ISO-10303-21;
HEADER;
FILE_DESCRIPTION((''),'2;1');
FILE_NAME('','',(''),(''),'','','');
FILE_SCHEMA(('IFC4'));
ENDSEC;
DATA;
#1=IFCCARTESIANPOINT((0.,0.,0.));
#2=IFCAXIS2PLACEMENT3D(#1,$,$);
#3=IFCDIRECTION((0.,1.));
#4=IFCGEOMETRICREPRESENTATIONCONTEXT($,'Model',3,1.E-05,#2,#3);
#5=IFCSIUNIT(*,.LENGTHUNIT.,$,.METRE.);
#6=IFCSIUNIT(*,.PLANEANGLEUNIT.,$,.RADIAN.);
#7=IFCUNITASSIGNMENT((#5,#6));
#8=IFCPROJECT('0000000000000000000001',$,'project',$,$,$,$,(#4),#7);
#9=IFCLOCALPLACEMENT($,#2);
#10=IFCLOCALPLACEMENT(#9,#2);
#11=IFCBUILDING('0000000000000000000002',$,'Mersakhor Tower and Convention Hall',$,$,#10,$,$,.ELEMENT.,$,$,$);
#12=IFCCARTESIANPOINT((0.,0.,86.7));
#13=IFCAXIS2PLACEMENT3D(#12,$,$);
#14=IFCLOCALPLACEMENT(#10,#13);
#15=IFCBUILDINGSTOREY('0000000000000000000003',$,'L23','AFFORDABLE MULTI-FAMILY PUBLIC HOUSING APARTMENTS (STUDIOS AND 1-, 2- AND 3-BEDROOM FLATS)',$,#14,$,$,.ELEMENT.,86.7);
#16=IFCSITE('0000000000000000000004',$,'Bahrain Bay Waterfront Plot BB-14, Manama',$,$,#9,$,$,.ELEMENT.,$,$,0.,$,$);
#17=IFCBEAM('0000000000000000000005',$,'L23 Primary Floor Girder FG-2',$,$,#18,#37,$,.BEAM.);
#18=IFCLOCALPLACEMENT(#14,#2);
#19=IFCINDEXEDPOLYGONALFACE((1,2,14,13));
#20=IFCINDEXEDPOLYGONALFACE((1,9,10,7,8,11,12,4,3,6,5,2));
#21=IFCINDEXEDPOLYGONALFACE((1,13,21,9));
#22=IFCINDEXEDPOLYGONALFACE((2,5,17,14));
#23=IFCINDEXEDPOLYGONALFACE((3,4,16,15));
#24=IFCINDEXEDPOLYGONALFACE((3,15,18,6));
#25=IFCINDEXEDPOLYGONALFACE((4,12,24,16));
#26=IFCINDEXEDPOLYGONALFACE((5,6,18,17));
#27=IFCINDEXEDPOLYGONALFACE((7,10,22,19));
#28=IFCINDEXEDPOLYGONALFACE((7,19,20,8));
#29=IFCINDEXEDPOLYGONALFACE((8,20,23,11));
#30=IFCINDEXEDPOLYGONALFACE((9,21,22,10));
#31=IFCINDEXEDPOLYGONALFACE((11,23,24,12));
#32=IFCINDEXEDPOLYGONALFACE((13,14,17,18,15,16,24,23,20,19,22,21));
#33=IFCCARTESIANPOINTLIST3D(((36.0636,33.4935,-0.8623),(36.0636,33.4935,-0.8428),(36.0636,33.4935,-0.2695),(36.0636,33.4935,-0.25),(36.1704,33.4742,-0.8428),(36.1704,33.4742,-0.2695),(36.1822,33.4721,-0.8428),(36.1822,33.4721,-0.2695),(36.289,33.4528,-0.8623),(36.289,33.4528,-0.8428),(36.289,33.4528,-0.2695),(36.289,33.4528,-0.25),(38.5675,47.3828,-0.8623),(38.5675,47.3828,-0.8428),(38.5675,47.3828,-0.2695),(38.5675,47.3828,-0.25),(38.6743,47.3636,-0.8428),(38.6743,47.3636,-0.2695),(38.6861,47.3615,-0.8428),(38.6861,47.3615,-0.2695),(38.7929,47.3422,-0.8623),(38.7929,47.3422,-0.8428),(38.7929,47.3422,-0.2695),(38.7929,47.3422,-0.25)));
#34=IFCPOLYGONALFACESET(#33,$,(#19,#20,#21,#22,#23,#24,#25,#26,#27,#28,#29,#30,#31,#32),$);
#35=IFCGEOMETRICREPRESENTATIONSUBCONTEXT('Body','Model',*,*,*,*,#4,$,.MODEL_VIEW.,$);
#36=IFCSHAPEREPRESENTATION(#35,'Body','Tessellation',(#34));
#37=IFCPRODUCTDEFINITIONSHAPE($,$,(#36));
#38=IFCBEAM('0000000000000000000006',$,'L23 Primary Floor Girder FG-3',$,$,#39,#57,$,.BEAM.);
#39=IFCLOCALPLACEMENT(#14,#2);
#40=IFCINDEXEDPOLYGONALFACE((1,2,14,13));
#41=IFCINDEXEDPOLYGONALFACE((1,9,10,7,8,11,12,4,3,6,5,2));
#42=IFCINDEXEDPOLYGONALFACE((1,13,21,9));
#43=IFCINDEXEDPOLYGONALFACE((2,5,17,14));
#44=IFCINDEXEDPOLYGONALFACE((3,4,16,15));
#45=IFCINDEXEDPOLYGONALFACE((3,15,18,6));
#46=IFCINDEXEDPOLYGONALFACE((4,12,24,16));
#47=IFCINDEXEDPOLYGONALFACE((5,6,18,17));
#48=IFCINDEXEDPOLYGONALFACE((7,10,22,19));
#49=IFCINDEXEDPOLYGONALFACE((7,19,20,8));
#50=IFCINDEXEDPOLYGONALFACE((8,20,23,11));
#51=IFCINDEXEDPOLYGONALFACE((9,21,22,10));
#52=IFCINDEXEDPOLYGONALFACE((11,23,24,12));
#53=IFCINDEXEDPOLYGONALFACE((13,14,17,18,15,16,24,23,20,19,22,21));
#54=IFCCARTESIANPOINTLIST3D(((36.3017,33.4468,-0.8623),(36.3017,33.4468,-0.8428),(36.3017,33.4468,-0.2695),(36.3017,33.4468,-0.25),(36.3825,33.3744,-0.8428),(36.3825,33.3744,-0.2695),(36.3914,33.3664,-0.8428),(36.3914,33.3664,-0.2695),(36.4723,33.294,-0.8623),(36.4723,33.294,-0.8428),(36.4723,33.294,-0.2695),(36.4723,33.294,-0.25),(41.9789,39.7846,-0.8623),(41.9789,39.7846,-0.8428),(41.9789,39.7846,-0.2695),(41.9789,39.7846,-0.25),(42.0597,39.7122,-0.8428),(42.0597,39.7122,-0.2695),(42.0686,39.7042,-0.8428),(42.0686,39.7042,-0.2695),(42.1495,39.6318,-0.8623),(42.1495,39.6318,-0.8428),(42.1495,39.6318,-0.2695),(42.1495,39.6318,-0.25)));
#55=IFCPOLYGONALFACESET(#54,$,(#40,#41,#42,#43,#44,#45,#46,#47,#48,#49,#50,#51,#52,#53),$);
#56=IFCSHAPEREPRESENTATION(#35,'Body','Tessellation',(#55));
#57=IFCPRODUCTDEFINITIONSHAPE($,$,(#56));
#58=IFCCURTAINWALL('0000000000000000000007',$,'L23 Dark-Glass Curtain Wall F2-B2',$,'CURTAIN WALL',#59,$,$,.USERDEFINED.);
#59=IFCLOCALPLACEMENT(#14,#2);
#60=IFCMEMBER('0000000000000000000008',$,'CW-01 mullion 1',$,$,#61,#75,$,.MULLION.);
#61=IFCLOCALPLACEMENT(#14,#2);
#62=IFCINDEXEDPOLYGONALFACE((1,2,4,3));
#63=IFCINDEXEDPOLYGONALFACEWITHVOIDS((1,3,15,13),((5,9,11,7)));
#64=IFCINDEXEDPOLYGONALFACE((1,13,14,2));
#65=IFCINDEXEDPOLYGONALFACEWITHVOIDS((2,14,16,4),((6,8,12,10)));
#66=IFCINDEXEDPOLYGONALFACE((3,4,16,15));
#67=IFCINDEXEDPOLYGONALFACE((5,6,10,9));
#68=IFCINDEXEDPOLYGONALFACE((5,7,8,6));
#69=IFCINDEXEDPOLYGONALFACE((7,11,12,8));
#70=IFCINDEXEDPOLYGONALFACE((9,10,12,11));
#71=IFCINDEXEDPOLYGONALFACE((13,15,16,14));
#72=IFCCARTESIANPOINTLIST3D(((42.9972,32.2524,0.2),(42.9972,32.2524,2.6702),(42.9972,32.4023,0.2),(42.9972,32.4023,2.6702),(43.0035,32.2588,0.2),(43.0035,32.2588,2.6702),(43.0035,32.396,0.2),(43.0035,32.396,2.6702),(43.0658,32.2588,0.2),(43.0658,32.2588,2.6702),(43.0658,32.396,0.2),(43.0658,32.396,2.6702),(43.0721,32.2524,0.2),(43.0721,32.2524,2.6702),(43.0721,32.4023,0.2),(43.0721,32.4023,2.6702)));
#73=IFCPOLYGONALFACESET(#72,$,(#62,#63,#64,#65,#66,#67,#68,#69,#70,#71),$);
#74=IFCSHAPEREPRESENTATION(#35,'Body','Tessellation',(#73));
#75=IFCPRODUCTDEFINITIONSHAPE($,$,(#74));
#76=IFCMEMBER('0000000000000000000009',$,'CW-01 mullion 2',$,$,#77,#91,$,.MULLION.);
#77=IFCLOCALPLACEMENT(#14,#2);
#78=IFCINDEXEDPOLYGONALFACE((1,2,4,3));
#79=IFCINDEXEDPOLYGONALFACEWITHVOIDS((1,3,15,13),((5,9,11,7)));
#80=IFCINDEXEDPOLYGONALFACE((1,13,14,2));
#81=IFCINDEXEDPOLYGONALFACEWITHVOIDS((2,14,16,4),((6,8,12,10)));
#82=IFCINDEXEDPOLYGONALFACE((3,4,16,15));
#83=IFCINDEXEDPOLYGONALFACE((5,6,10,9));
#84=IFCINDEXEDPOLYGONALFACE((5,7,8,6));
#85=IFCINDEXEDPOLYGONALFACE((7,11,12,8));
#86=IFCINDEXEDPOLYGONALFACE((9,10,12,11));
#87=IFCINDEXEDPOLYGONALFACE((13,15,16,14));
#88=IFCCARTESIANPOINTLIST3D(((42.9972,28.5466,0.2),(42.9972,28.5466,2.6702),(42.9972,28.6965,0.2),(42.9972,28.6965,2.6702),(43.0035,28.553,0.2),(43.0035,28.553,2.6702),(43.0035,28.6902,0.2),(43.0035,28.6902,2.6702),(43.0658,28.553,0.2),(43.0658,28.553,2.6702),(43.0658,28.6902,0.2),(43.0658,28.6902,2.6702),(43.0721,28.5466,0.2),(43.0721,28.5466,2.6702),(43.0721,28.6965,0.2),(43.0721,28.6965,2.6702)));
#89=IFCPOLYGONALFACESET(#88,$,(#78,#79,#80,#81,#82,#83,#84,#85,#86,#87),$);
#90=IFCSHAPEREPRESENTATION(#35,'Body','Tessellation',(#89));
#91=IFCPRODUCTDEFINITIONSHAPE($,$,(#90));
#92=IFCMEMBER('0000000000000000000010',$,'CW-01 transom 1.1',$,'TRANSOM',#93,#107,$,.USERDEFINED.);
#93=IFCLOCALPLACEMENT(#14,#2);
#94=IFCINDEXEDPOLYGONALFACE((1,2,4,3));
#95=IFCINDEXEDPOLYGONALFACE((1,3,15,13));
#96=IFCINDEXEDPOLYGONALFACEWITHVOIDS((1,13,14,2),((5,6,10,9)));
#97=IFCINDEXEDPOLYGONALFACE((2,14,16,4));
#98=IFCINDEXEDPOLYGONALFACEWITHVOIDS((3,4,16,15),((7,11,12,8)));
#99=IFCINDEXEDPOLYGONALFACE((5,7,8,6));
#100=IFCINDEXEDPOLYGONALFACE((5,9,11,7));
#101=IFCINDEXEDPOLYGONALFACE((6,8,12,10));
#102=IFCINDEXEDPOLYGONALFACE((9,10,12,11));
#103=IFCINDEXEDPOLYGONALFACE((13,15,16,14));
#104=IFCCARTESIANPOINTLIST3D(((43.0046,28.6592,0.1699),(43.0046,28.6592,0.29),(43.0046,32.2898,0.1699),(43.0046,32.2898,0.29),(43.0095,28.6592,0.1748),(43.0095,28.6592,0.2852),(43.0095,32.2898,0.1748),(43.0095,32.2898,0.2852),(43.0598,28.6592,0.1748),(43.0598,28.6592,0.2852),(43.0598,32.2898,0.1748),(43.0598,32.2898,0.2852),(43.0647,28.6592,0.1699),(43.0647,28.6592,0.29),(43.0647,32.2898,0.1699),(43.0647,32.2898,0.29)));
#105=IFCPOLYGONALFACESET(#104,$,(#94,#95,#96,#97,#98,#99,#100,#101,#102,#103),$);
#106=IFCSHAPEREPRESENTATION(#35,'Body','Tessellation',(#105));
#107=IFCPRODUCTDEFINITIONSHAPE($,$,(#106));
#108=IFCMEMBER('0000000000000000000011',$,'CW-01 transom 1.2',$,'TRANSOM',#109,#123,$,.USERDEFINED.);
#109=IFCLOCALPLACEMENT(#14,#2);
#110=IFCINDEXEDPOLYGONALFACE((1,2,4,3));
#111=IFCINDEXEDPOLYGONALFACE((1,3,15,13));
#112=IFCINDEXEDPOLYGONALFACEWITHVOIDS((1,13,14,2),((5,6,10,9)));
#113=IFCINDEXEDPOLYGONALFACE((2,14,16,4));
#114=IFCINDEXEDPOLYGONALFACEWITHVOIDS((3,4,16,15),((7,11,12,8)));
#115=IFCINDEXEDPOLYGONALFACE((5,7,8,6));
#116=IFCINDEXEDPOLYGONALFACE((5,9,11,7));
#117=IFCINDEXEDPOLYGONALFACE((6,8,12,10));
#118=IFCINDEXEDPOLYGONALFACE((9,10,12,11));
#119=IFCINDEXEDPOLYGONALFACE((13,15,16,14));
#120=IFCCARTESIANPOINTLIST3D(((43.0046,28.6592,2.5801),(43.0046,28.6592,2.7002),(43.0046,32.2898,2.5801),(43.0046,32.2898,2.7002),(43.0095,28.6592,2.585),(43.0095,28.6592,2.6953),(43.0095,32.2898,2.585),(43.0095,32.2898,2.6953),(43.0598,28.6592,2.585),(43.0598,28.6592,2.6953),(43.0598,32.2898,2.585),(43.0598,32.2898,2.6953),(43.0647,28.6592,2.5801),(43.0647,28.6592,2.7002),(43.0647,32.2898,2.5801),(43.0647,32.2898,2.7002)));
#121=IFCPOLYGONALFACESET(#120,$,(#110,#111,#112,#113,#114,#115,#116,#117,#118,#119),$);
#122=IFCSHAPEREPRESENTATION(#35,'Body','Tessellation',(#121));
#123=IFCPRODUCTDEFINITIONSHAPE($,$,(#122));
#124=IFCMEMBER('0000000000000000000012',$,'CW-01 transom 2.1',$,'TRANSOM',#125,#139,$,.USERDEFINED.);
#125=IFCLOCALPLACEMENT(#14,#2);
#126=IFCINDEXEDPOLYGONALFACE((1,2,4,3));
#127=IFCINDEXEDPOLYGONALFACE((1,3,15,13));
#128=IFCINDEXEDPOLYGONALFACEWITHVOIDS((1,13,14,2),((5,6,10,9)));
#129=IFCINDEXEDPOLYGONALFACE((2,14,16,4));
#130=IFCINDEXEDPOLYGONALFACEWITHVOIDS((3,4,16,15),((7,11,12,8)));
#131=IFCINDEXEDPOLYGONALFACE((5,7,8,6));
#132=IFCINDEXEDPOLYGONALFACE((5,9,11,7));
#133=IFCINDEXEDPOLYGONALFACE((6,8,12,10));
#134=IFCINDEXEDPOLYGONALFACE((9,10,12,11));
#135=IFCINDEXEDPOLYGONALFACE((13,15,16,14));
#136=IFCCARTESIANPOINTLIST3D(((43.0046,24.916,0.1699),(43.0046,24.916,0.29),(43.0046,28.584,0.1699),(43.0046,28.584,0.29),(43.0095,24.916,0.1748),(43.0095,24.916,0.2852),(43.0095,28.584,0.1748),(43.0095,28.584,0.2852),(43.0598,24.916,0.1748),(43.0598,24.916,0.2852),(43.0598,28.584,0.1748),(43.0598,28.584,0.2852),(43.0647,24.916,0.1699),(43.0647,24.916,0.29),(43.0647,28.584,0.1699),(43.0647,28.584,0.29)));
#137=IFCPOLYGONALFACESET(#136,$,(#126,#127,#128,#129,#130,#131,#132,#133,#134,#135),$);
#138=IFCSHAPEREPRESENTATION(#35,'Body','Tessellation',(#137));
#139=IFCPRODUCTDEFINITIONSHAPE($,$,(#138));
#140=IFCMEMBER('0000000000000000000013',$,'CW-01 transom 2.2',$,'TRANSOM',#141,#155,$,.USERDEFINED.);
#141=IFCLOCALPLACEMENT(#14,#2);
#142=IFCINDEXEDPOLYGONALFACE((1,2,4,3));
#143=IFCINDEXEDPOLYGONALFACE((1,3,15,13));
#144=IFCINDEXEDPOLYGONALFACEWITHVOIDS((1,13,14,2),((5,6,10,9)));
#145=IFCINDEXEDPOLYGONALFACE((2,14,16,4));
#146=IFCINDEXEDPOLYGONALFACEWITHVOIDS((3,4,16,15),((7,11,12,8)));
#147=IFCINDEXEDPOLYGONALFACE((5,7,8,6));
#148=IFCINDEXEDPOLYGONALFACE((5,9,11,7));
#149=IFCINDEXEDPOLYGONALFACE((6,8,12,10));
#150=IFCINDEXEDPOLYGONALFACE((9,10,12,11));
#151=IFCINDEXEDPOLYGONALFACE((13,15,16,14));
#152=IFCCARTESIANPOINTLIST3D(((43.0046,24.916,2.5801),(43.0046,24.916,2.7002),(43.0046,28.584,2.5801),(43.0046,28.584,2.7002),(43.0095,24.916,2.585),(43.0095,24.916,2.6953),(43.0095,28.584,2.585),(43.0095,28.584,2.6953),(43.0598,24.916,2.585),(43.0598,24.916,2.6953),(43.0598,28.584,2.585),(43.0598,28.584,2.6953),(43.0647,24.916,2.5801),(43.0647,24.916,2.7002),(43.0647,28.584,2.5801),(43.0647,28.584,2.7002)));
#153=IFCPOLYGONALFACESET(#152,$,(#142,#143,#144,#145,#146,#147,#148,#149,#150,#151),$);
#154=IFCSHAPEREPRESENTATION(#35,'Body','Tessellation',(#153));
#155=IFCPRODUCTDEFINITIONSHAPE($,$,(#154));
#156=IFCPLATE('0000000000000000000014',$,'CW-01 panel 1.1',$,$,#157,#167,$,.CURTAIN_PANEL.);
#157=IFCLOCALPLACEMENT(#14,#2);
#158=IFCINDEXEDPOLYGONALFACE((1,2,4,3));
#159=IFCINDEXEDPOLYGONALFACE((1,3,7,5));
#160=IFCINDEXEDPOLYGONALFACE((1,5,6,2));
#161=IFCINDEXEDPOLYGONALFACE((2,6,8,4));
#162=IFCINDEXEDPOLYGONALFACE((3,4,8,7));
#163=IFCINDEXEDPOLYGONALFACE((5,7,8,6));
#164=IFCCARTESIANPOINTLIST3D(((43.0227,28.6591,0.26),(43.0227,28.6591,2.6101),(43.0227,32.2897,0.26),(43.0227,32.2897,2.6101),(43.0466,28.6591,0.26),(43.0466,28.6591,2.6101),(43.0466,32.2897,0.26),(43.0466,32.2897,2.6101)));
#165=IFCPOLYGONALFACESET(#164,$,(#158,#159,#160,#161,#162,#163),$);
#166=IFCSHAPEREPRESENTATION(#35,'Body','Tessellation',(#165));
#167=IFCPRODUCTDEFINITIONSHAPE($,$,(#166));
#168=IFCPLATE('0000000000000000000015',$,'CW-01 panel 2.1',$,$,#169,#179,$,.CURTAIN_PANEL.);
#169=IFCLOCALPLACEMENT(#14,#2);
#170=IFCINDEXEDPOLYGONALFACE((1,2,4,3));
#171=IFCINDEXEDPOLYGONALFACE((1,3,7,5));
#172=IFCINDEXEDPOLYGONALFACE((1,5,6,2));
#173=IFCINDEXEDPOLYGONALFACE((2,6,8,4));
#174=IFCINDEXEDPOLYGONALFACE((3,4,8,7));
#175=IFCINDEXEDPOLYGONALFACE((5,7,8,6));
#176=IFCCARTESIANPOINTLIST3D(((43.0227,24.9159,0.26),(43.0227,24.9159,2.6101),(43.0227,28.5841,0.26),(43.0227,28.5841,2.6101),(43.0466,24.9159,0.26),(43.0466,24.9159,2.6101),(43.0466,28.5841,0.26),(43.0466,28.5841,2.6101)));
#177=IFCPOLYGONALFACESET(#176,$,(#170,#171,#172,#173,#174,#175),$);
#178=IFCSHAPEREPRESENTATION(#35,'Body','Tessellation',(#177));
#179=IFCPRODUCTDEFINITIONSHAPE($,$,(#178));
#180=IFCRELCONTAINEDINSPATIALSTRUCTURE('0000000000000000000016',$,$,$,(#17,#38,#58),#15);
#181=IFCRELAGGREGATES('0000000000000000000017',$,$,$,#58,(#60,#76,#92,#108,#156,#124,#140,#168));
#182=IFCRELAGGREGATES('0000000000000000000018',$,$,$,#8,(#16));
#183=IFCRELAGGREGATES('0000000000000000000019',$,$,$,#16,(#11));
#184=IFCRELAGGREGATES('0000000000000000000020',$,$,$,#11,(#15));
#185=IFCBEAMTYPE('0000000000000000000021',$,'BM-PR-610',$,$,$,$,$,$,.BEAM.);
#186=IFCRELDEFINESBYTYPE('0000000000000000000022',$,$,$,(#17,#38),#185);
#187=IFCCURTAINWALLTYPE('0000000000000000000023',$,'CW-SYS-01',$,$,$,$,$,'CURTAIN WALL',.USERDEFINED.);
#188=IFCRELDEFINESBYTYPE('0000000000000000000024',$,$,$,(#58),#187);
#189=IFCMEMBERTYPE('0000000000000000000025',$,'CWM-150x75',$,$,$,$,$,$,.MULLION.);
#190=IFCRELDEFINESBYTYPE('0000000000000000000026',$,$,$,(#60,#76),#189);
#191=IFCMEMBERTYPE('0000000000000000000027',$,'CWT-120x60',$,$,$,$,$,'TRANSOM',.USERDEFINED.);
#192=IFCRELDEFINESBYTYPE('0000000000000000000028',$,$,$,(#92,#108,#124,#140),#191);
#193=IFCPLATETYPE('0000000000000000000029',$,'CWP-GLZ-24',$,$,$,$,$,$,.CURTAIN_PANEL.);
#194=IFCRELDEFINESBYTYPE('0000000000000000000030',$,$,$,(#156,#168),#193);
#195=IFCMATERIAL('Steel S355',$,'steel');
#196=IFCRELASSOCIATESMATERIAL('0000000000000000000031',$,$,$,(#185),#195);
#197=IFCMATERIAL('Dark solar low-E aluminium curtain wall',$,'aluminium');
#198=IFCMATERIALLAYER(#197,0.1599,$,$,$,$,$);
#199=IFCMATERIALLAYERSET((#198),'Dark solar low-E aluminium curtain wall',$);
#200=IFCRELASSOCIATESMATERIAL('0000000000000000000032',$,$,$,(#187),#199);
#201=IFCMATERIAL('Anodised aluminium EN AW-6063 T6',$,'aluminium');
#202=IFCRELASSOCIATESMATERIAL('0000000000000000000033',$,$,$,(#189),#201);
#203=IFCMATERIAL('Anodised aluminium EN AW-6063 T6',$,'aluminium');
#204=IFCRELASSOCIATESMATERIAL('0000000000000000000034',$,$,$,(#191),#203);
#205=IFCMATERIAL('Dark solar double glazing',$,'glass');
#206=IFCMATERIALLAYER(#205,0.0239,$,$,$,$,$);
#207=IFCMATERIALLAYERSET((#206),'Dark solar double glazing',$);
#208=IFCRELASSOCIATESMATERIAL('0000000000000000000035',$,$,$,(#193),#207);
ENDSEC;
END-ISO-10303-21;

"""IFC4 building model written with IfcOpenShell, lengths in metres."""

from ifc_helpers import new_model, si_unit, direction, frame, origin, origin_2d, place, context, subcontext, project, spatial, rectangle, hollow_rectangle, i_section, extrude, material, layer, layer_set, material_profile, profile_set, type_object, element, aggregate, save


model = new_model("IFC4")

# Units and contexts
model_context = context("Model", 3, precision=1e-05, world=origin(), true_north=direction((0.0, 1.0)))
body_context = subcontext(model_context, "Body", "Model", "MODEL_VIEW")
ifc_project = project(units=[si_unit("LENGTHUNIT", "METRE"), si_unit("PLANEANGLEUNIT", "RADIAN")], contexts=[model_context])

# Site, building, storey
site_placement = place(None, origin())
site = spatial("IfcSite", under=ifc_project, at=site_placement, Name="Bahrain Bay Waterfront Plot BB-14, Manama", CompositionType="ELEMENT", RefElevation=0.0)
building_placement = place(site_placement, origin())
building = spatial("IfcBuilding", under=site, at=building_placement, Name="Mersakhor Tower and Convention Hall", CompositionType="ELEMENT")
storey_placement = place(building_placement, frame((0.0, 0.0, 86.7)))
storey = spatial("IfcBuildingStorey", under=building, at=storey_placement, Name="L23", Description="AFFORDABLE MULTI-FAMILY PUBLIC HOUSING APARTMENTS (STUDIOS AND 1-, 2- AND 3-BEDROOM FLATS)", CompositionType="ELEMENT", Elevation=86.7)

# Beams
ifc_material_1 = material(Name="Steel S355", Category="steel")
ifc_material_profile_1 = material_profile(ifc_material_1, i_section(OverallWidth=0.229, OverallDepth=0.6123, WebThickness=0.012, FlangeThickness=0.0195, at=origin_2d()), Name="UB 610x229x125")
ifc_profile_set_1 = profile_set([ifc_material_profile_1], Name="Steel S355")
beam_type = type_object("IfcBeamType", Name="BM-PR-610", PredefinedType="BEAM", material=ifc_profile_set_1)
beam_1_placement = place(storey_placement, frame((36.1763, 33.4731, -0.5562), z_axis=(0.177415, 0.984136, 0.0), x_axis=(-0.984136, 0.177415, 0.0)))
element("IfcBeam", 1, at=beam_1_placement, inside=storey, type_object=beam_type, Name="L23 Primary Floor Girder FG-2", PredefinedType="BEAM", context=body_context, shape_type="SweptSolid", body=[
    extrude(i_section(OverallWidth=0.229, OverallDepth=0.6123, WebThickness=0.012, FlangeThickness=0.0195, at=origin_2d()), origin(), (0.0, 0.0, 1.0), 14.1133),
])
beam_2_placement = place(storey_placement, frame((36.387, 33.3704, -0.5562), z_axis=(0.667219, 0.744861, 0.0), x_axis=(-0.744861, 0.667219, 0.0)))
element("IfcBeam", 2, at=beam_2_placement, inside=storey, type_object=beam_type, Name="L23 Primary Floor Girder FG-3", PredefinedType="BEAM", context=body_context, shape_type="SweptSolid", body=[
    extrude(i_section(OverallWidth=0.229, OverallDepth=0.6123, WebThickness=0.012, FlangeThickness=0.0195, at=origin_2d()), origin(), (0.0, 0.0, 1.0), 8.5088),
])

# Curtain wall, members, plates
ifc_material_2 = material(Name="Dark solar low-E aluminium curtain wall", Category="aluminium")
ifc_layer_1 = layer(ifc_material_2, 0.1599)
ifc_layer_set_1 = layer_set([ifc_layer_1], Name="Dark solar low-E aluminium curtain wall")
curtain_wall_type = type_object("IfcCurtainWallType", Name="CW-SYS-01", ElementType="CURTAIN WALL", PredefinedType="USERDEFINED", material=ifc_layer_set_1)
curtain_wall_placement = place(storey_placement, origin())
curtain_wall = element("IfcCurtainWall", 3, at=curtain_wall_placement, inside=storey, type_object=curtain_wall_type, Name="L23 Dark-Glass Curtain Wall F2-B2", ObjectType="CURTAIN WALL", PredefinedType="USERDEFINED")
ifc_material_3 = material(Name="Anodised aluminium EN AW-6063 T6", Category="aluminium")
ifc_material_profile_2 = material_profile(ifc_material_3, hollow_rectangle(XDim=0.075, YDim=0.1499, WallThickness=0.0063, at=origin_2d()), Name="RHS 150x75x6.3")
ifc_profile_set_2 = profile_set([ifc_material_profile_2], Name="Anodised aluminium EN AW-6063 T6")
member_type_1 = type_object("IfcMemberType", Name="CWM-150x75", PredefinedType="MULLION", material=ifc_profile_set_2)
member_1_placement = place(storey_placement, frame((43.0347, 32.3274, 0.2), z_axis=(0.0, 0.0, 1.0), x_axis=(1.0, 0.0, 0.0)))
member_1 = element("IfcMember", 4, at=member_1_placement, type_object=member_type_1, Name="CW-01 mullion 1", PredefinedType="MULLION", context=body_context, shape_type="SweptSolid", body=[
    extrude(hollow_rectangle(XDim=0.075, YDim=0.1499, WallThickness=0.0063, at=origin_2d()), origin(), (0.0, 0.0, 1.0), 2.4702),
])
member_2_placement = place(storey_placement, frame((43.0347, 28.6216, 0.2), z_axis=(0.0, 0.0, 1.0), x_axis=(1.0, 0.0, 0.0)))
member_2 = element("IfcMember", 5, at=member_2_placement, type_object=member_type_1, Name="CW-01 mullion 2", PredefinedType="MULLION", context=body_context, shape_type="SweptSolid", body=[
    extrude(hollow_rectangle(XDim=0.075, YDim=0.1499, WallThickness=0.0063, at=origin_2d()), origin(), (0.0, 0.0, 1.0), 2.4702),
])
ifc_material_4 = material(Name="Anodised aluminium EN AW-6063 T6", Category="aluminium")
ifc_material_profile_3 = material_profile(ifc_material_4, hollow_rectangle(XDim=0.0601, YDim=0.1201, WallThickness=0.0049, at=origin_2d()), Name="RHS 120x60x5")
ifc_profile_set_3 = profile_set([ifc_material_profile_3], Name="Anodised aluminium EN AW-6063 T6")
member_type_2 = type_object("IfcMemberType", Name="CWT-120x60", ElementType="TRANSOM", PredefinedType="USERDEFINED", material=ifc_profile_set_3)
member_3_placement = place(storey_placement, frame((43.0347, 32.2898, 0.23), z_axis=(0.0, -1.0, 0.0), x_axis=(1.0, 0.0, 0.0)))
member_3 = element("IfcMember", 6, at=member_3_placement, type_object=member_type_2, Name="CW-01 transom 1.1", ObjectType="TRANSOM", PredefinedType="USERDEFINED", context=body_context, shape_type="SweptSolid", body=[
    extrude(hollow_rectangle(XDim=0.0601, YDim=0.1201, WallThickness=0.0049, at=origin_2d()), origin(), (0.0, 0.0, 1.0), 3.6306),
])
member_4_placement = place(storey_placement, frame((43.0347, 32.2898, 2.6401), z_axis=(0.0, -1.0, 0.0), x_axis=(1.0, 0.0, 0.0)))
member_4 = element("IfcMember", 7, at=member_4_placement, type_object=member_type_2, Name="CW-01 transom 1.2", ObjectType="TRANSOM", PredefinedType="USERDEFINED", context=body_context, shape_type="SweptSolid", body=[
    extrude(hollow_rectangle(XDim=0.0601, YDim=0.1201, WallThickness=0.0049, at=origin_2d()), origin(), (0.0, 0.0, 1.0), 3.6306),
])
member_5_placement = place(storey_placement, frame((43.0347, 28.584, 0.23), z_axis=(0.0, -1.0, 0.0), x_axis=(1.0, 0.0, 0.0)))
member_5 = element("IfcMember", 8, at=member_5_placement, type_object=member_type_2, Name="CW-01 transom 2.1", ObjectType="TRANSOM", PredefinedType="USERDEFINED", context=body_context, shape_type="SweptSolid", body=[
    extrude(hollow_rectangle(XDim=0.0601, YDim=0.1201, WallThickness=0.0049, at=origin_2d()), origin(), (0.0, 0.0, 1.0), 3.668),
])
member_6_placement = place(storey_placement, frame((43.0347, 28.584, 2.6401), z_axis=(0.0, -1.0, 0.0), x_axis=(1.0, 0.0, 0.0)))
member_6 = element("IfcMember", 9, at=member_6_placement, type_object=member_type_2, Name="CW-01 transom 2.2", ObjectType="TRANSOM", PredefinedType="USERDEFINED", context=body_context, shape_type="SweptSolid", body=[
    extrude(hollow_rectangle(XDim=0.0601, YDim=0.1201, WallThickness=0.0049, at=origin_2d()), origin(), (0.0, 0.0, 1.0), 3.668),
])
ifc_material_5 = material(Name="Dark solar double glazing", Category="glass")
ifc_layer_2 = layer(ifc_material_5, 0.0239)
ifc_layer_set_2 = layer_set([ifc_layer_2], Name="Dark solar double glazing")
plate_type_1 = type_object("IfcPlateType", Name="CWP-GLZ-24", PredefinedType="CURTAIN_PANEL", material=ifc_layer_set_2)
plate_1_placement = place(storey_placement, frame((43.0347, 30.4744, 0.26), z_axis=(0.0, 0.0, 1.0), x_axis=(0.0, -1.0, 0.0)))
plate_1 = element("IfcPlate", 10, at=plate_1_placement, type_object=plate_type_1, Name="CW-01 panel 1.1", PredefinedType="CURTAIN_PANEL", context=body_context, shape_type="SweptSolid", body=[
    extrude(rectangle(XDim=3.6306, YDim=0.0239, at=origin_2d()), origin(), (0.0, 0.0, 1.0), 2.3501),
])
plate_2_placement = place(storey_placement, frame((43.0347, 26.75, 0.26), z_axis=(0.0, 0.0, 1.0), x_axis=(0.0, -1.0, 0.0)))
plate_2 = element("IfcPlate", 11, at=plate_2_placement, type_object=plate_type_1, Name="CW-01 panel 2.1", PredefinedType="CURTAIN_PANEL", context=body_context, shape_type="SweptSolid", body=[
    extrude(rectangle(XDim=3.6682, YDim=0.0239, at=origin_2d()), origin(), (0.0, 0.0, 1.0), 2.3501),
])
aggregate(curtain_wall, [member_1, member_2, member_3, member_4, plate_1, member_5, member_6, plate_2])

save(model, "model.ifc")
